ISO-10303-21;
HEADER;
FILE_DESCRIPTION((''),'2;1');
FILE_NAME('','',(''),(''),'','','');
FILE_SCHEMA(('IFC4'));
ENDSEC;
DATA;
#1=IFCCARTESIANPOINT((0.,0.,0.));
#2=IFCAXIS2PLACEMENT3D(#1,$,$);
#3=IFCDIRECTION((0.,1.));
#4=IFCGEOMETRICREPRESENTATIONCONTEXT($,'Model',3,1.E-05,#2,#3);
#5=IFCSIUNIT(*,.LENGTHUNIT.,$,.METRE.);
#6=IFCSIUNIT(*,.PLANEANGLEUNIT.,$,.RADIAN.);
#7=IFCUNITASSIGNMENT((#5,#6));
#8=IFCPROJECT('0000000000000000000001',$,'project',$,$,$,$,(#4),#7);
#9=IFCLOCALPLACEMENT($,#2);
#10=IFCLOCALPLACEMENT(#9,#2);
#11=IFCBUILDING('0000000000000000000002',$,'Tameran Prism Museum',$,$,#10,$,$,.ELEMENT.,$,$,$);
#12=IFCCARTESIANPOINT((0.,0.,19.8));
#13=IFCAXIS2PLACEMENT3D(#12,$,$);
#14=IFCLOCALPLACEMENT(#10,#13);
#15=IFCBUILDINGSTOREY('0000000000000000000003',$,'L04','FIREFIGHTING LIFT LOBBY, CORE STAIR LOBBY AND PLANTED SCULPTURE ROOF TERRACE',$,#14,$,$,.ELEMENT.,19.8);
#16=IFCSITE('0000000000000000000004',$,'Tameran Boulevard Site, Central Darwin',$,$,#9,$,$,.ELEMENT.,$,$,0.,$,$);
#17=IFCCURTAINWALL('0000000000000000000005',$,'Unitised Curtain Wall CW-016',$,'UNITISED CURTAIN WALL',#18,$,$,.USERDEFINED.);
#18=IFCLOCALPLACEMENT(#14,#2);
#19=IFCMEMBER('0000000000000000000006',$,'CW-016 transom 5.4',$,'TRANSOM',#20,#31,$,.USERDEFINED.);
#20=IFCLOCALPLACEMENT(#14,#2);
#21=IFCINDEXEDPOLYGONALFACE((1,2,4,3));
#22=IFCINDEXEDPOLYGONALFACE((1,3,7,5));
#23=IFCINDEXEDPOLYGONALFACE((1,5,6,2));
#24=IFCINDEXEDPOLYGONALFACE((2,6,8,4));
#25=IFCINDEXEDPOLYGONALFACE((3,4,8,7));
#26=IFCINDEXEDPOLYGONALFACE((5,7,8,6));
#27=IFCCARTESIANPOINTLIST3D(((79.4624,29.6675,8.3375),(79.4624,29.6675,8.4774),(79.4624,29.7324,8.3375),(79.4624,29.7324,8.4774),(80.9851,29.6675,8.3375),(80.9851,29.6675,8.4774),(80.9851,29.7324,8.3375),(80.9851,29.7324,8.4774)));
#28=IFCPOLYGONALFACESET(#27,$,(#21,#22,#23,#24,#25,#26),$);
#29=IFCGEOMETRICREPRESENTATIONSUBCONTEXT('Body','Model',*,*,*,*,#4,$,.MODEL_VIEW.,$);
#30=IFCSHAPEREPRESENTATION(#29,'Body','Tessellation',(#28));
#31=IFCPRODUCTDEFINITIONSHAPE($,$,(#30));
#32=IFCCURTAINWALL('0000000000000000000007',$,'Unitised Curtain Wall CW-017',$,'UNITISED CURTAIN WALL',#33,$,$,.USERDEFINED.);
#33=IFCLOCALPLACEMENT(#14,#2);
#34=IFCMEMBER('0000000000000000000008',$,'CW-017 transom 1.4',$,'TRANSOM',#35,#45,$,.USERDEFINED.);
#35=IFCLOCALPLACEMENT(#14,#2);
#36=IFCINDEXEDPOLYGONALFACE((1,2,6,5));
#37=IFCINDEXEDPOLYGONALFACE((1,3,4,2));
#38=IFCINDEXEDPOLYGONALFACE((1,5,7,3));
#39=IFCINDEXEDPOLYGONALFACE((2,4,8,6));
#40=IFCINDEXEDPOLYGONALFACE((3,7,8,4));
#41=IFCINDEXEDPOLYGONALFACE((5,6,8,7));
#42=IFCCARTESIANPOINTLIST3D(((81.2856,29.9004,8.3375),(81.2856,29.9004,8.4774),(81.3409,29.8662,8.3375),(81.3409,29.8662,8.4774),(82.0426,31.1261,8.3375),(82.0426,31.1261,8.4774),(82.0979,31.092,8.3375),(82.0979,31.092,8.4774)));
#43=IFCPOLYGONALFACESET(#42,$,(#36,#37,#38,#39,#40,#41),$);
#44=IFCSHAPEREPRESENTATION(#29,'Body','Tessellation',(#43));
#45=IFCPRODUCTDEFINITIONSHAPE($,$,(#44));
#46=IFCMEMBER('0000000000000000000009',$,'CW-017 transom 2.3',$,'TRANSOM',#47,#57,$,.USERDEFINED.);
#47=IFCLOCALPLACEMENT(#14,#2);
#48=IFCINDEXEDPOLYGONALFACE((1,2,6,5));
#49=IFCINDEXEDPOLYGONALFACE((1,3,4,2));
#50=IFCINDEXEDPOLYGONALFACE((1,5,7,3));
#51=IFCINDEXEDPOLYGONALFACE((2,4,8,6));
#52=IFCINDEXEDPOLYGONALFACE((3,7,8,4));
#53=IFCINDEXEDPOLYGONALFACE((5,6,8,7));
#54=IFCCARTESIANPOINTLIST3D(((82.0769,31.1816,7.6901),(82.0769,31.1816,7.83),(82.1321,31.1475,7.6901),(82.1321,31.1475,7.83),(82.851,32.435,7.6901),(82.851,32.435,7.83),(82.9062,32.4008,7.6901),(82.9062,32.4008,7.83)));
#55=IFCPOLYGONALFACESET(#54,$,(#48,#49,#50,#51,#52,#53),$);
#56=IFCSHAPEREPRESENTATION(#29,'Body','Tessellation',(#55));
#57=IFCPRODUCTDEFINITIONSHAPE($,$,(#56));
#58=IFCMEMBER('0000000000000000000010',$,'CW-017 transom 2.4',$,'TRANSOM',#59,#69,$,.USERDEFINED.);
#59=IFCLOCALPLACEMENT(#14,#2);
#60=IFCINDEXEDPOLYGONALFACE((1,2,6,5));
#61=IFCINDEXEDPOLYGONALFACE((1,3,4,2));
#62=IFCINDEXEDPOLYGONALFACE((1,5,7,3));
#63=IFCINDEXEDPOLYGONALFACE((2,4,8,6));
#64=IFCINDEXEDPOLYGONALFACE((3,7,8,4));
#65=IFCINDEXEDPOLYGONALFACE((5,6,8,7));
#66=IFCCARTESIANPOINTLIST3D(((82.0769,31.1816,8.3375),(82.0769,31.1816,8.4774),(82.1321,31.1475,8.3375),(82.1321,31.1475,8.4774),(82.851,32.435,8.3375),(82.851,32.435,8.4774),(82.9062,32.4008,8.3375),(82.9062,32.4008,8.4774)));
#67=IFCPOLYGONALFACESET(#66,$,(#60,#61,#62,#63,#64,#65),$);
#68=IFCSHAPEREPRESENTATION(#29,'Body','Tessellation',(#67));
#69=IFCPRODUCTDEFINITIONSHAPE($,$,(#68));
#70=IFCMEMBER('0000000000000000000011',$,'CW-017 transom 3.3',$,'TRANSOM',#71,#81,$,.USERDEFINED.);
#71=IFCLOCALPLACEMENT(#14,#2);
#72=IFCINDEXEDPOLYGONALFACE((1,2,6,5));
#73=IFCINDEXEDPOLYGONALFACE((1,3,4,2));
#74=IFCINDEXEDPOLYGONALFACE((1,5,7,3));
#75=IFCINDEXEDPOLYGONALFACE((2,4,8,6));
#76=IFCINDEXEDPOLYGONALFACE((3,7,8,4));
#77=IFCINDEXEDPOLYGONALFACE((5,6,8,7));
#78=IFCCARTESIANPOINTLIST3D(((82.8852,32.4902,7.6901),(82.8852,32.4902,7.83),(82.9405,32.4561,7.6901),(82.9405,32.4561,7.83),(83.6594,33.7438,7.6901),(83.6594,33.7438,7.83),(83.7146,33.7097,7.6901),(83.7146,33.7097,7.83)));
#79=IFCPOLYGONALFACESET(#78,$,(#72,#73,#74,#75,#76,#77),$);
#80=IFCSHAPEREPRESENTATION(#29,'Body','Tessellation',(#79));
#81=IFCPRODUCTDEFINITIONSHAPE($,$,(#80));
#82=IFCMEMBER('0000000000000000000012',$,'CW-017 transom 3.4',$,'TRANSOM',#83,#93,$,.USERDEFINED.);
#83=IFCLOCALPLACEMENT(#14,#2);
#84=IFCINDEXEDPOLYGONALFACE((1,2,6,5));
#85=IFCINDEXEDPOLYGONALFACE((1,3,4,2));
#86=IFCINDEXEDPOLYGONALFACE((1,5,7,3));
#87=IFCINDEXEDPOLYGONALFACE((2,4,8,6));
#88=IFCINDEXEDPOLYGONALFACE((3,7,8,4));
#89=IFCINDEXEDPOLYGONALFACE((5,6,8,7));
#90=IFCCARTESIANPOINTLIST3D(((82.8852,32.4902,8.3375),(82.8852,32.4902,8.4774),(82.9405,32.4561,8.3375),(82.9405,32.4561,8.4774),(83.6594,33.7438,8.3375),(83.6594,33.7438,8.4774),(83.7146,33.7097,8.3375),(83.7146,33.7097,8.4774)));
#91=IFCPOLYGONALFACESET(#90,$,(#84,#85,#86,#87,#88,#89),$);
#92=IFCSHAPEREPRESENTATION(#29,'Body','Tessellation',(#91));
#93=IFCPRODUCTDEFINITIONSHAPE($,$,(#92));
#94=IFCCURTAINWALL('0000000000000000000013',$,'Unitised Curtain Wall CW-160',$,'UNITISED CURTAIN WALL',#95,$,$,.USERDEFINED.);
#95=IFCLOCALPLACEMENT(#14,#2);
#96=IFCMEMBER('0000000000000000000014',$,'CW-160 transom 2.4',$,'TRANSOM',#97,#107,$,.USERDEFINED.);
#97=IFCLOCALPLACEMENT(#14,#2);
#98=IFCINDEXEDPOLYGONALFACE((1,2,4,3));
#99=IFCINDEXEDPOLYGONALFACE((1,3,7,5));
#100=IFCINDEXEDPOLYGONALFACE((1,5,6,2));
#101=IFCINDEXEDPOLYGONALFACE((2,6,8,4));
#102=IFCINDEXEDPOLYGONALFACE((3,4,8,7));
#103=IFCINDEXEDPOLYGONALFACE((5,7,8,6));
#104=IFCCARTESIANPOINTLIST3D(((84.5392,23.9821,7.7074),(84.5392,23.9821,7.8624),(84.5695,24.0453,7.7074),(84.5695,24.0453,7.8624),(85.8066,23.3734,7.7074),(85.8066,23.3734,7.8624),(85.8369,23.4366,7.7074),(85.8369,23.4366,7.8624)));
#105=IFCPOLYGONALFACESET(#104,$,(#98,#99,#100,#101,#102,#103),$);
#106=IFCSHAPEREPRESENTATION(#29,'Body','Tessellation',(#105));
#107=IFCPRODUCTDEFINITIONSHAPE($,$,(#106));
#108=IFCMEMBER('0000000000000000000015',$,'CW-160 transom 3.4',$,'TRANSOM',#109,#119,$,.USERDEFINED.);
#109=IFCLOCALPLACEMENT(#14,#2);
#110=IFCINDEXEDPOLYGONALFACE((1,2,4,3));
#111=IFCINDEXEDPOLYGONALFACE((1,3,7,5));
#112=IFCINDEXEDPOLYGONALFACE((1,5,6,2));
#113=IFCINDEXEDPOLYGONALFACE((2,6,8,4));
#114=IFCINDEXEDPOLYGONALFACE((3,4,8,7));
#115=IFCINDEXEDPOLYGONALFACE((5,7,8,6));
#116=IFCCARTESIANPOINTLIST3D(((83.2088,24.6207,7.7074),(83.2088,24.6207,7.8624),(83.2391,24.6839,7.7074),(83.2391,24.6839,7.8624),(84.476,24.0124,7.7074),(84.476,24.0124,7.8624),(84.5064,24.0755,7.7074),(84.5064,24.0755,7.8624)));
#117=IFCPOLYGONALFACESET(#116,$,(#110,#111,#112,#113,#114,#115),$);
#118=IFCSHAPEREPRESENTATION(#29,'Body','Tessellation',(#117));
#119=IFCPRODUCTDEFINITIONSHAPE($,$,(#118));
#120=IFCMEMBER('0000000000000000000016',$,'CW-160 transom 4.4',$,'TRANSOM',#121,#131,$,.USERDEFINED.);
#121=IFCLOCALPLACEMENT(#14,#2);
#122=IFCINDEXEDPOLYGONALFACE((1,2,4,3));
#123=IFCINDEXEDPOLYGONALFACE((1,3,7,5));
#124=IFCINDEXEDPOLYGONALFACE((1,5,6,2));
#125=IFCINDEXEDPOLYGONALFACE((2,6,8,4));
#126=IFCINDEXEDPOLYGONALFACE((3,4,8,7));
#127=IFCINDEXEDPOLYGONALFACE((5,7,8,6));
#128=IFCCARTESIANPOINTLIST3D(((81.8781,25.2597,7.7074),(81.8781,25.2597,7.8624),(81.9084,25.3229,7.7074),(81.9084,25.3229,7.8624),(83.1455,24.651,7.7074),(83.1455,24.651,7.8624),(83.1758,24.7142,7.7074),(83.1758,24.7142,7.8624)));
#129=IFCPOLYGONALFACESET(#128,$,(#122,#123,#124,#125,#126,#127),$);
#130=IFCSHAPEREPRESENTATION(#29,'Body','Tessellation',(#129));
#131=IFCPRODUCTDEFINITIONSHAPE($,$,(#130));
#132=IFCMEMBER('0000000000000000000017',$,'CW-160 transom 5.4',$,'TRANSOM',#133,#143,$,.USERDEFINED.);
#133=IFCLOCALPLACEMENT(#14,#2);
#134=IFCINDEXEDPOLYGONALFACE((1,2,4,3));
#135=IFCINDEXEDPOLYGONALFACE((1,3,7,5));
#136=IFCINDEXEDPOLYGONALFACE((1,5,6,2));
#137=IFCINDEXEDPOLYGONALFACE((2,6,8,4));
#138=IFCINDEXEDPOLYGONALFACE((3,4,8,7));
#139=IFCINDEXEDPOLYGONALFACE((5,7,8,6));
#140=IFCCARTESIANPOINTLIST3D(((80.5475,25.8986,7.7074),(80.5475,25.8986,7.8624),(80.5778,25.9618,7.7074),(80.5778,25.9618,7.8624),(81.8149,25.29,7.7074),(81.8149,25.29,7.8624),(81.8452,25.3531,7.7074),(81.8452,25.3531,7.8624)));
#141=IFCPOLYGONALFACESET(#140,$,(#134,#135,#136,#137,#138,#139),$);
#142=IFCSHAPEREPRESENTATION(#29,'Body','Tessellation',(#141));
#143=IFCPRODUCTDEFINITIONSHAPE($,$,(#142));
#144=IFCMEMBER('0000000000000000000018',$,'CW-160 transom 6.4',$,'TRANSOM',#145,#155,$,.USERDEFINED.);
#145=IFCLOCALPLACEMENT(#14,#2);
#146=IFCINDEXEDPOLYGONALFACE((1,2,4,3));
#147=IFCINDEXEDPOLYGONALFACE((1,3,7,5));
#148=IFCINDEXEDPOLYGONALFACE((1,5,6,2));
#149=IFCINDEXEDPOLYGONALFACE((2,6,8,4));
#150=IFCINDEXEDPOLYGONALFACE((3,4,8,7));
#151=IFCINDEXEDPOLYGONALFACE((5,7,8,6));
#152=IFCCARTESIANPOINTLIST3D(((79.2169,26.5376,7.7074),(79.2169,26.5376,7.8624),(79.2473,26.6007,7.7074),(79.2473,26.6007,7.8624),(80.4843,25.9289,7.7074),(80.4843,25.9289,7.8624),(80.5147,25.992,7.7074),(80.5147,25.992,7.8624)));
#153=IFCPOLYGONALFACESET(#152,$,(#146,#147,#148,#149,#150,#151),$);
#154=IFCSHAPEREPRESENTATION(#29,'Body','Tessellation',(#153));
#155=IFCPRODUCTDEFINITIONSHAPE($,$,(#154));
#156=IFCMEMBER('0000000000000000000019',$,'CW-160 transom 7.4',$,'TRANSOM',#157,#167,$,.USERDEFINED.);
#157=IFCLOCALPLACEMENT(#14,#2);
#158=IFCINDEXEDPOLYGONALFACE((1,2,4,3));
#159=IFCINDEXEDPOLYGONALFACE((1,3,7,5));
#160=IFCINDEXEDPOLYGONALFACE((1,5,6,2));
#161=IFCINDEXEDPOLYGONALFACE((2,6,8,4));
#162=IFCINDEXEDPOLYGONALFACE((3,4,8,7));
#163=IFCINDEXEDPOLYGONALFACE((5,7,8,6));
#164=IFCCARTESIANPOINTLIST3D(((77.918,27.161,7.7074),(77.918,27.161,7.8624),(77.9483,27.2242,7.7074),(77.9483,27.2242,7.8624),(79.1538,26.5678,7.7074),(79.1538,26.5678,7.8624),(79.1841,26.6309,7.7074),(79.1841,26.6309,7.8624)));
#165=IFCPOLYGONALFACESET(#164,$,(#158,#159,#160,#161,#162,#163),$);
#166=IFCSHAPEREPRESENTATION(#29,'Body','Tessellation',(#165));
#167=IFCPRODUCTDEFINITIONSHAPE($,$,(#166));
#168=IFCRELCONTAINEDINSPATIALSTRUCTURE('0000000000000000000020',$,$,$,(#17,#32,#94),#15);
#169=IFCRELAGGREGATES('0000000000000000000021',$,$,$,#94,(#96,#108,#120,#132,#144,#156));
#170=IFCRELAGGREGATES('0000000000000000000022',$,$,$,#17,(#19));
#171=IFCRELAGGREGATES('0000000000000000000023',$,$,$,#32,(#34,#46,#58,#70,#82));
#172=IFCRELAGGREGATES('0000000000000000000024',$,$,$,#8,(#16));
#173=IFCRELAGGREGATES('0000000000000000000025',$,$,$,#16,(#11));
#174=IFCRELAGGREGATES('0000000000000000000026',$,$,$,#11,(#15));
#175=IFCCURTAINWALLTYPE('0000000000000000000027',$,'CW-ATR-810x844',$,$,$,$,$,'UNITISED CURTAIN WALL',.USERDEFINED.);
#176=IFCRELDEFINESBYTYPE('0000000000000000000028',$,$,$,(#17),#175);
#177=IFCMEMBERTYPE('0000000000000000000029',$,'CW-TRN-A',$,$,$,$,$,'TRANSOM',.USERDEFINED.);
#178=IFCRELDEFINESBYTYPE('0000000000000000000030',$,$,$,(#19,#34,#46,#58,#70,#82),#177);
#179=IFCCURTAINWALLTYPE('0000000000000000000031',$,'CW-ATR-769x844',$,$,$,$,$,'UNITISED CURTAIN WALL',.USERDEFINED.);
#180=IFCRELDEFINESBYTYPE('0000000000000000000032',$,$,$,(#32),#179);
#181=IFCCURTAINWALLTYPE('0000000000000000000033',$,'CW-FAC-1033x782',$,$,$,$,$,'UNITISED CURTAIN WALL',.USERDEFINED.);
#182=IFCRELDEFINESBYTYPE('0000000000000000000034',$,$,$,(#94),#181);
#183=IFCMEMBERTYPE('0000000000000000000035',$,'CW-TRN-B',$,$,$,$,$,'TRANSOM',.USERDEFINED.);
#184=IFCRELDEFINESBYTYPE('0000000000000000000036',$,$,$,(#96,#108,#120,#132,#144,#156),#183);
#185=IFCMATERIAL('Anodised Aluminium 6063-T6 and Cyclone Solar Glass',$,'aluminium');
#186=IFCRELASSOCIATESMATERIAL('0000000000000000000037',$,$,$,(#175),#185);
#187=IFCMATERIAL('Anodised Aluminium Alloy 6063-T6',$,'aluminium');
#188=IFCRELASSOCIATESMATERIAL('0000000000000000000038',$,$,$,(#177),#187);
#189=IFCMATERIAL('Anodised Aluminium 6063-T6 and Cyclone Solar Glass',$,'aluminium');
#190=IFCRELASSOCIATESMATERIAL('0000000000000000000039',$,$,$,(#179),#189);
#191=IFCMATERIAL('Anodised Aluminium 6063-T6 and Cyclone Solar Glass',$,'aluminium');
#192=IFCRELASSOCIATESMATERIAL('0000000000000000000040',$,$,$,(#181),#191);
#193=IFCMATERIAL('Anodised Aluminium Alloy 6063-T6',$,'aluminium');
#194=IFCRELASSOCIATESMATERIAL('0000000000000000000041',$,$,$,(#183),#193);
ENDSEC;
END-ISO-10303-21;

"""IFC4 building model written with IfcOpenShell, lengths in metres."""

from ifc_helpers import new_model, si_unit, direction, frame, origin, origin_2d, place, context, subcontext, project, spatial, rectangle, extrude, material, material_profile, profile_set, type_object, element, aggregate, save


model = new_model("IFC4")

# Units and contexts
model_context = context("Model", 3, precision=1e-05, world=origin(), true_north=direction((0.0, 1.0)))
body_context = subcontext(model_context, "Body", "Model", "MODEL_VIEW")
ifc_project = project(units=[si_unit("LENGTHUNIT", "METRE"), si_unit("PLANEANGLEUNIT", "RADIAN")], contexts=[model_context])

# Site, building, storey
site_placement = place(None, origin())
site = spatial("IfcSite", under=ifc_project, at=site_placement, Name="Tameran Boulevard Site, Central Darwin", CompositionType="ELEMENT", RefElevation=0.0)
building_placement = place(site_placement, origin())
building = spatial("IfcBuilding", under=site, at=building_placement, Name="Tameran Prism Museum", CompositionType="ELEMENT")
storey_placement = place(building_placement, frame((0.0, 0.0, 19.8)))
storey = spatial("IfcBuildingStorey", under=building, at=storey_placement, Name="L04", Description="FIREFIGHTING LIFT LOBBY, CORE STAIR LOBBY AND PLANTED SCULPTURE ROOF TERRACE", CompositionType="ELEMENT", Elevation=19.8)

# Curtain wall, member
ifc_material_1 = material(Name="Anodised Aluminium 6063-T6 and Cyclone Solar Glass", Category="aluminium")
curtain_wall_type_1 = type_object("IfcCurtainWallType", Name="CW-ATR-810x844", ElementType="UNITISED CURTAIN WALL", PredefinedType="USERDEFINED", material=ifc_material_1)
curtain_wall_1_placement = place(storey_placement, origin())
curtain_wall_1 = element("IfcCurtainWall", 1, at=curtain_wall_1_placement, inside=storey, type_object=curtain_wall_type_1, Name="Unitised Curtain Wall CW-016", ObjectType="UNITISED CURTAIN WALL", PredefinedType="USERDEFINED")
ifc_material_2 = material(Name="Anodised Aluminium Alloy 6063-T6", Category="aluminium")
ifc_material_profile_1 = material_profile(ifc_material_2, rectangle(XDim=0.0649, YDim=0.1399, at=origin_2d()))
ifc_profile_set_1 = profile_set([ifc_material_profile_1])
member_type_1 = type_object("IfcMemberType", Name="CW-TRN-A", ElementType="TRANSOM", PredefinedType="USERDEFINED", material=ifc_profile_set_1)
member_1_placement = place(storey_placement, frame((79.4624, 29.7, 8.4075), z_axis=(1.0, 0.0, 0.0), x_axis=(0.0, 1.0, 0.0)))
member_1 = element("IfcMember", 2, at=member_1_placement, type_object=member_type_1, Name="CW-016 transom 5.4", ObjectType="TRANSOM", PredefinedType="USERDEFINED", context=body_context, shape_type="SweptSolid", body=[
    extrude(rectangle(XDim=0.0649, YDim=0.1399, at=origin_2d()), origin(), (0.0, 0.0, 1.0), 1.5227),
])

# Curtain walls, members
ifc_material_3 = material(Name="Anodised Aluminium 6063-T6 and Cyclone Solar Glass", Category="aluminium")
curtain_wall_type_2 = type_object("IfcCurtainWallType", Name="CW-ATR-769x844", ElementType="UNITISED CURTAIN WALL", PredefinedType="USERDEFINED", material=ifc_material_3)
curtain_wall_2_placement = place(storey_placement, origin())
curtain_wall_2 = element("IfcCurtainWall", 3, at=curtain_wall_2_placement, inside=storey, type_object=curtain_wall_type_2, Name="Unitised Curtain Wall CW-017", ObjectType="UNITISED CURTAIN WALL", PredefinedType="USERDEFINED")
member_2_placement = place(storey_placement, frame((81.3132, 29.8833, 8.4075), z_axis=(0.525468, 0.850814, 0.0), x_axis=(-0.850814, 0.525468, 0.0)))
member_2 = element("IfcMember", 4, at=member_2_placement, type_object=member_type_1, Name="CW-017 transom 1.4", ObjectType="TRANSOM", PredefinedType="USERDEFINED", context=body_context, shape_type="SweptSolid", body=[
    extrude(rectangle(XDim=0.0649, YDim=0.1399, at=origin_2d()), origin(), (0.0, 0.0, 1.0), 1.4407),
])
member_3_placement = place(storey_placement, frame((82.1045, 31.1646, 7.76), z_axis=(0.525493, 0.850798, 0.0), x_axis=(-0.850798, 0.525493, 0.0)))
member_3 = element("IfcMember", 5, at=member_3_placement, type_object=member_type_1, Name="CW-017 transom 2.3", ObjectType="TRANSOM", PredefinedType="USERDEFINED", context=body_context, shape_type="SweptSolid", body=[
    extrude(rectangle(XDim=0.0649, YDim=0.1399, at=origin_2d()), origin(), (0.0, 0.0, 1.0), 1.4731),
])
member_4_placement = place(storey_placement, frame((82.1045, 31.1646, 8.4075), z_axis=(0.525493, 0.850798, 0.0), x_axis=(-0.850798, 0.525493, 0.0)))
member_4 = element("IfcMember", 6, at=member_4_placement, type_object=member_type_1, Name="CW-017 transom 2.4", ObjectType="TRANSOM", PredefinedType="USERDEFINED", context=body_context, shape_type="SweptSolid", body=[
    extrude(rectangle(XDim=0.0649, YDim=0.1399, at=origin_2d()), origin(), (0.0, 0.0, 1.0), 1.4731),
])
member_5_placement = place(storey_placement, frame((82.9128, 32.4731, 7.76), z_axis=(0.525419, 0.850844, 0.0), x_axis=(-0.850844, 0.525419, 0.0)))
member_5 = element("IfcMember", 7, at=member_5_placement, type_object=member_type_1, Name="CW-017 transom 3.3", ObjectType="TRANSOM", PredefinedType="USERDEFINED", context=body_context, shape_type="SweptSolid", body=[
    extrude(rectangle(XDim=0.0649, YDim=0.1399, at=origin_2d()), origin(), (0.0, 0.0, 1.0), 1.4734),
])
member_6_placement = place(storey_placement, frame((82.9128, 32.4731, 8.4075), z_axis=(0.525419, 0.850844, 0.0), x_axis=(-0.850844, 0.525419, 0.0)))
member_6 = element("IfcMember", 8, at=member_6_placement, type_object=member_type_1, Name="CW-017 transom 3.4", ObjectType="TRANSOM", PredefinedType="USERDEFINED", context=body_context, shape_type="SweptSolid", body=[
    extrude(rectangle(XDim=0.0649, YDim=0.1399, at=origin_2d()), origin(), (0.0, 0.0, 1.0), 1.4734),
])
ifc_material_4 = material(Name="Anodised Aluminium 6063-T6 and Cyclone Solar Glass", Category="aluminium")
curtain_wall_type_3 = type_object("IfcCurtainWallType", Name="CW-FAC-1033x782", ElementType="UNITISED CURTAIN WALL", PredefinedType="USERDEFINED", material=ifc_material_4)
curtain_wall_3_placement = place(storey_placement, origin())
curtain_wall_3 = element("IfcCurtainWall", 9, at=curtain_wall_3_placement, inside=storey, type_object=curtain_wall_type_3, Name="Unitised Curtain Wall CW-160", ObjectType="UNITISED CURTAIN WALL", PredefinedType="USERDEFINED")
ifc_material_5 = material(Name="Anodised Aluminium Alloy 6063-T6", Category="aluminium")
ifc_material_profile_2 = material_profile(ifc_material_5, rectangle(XDim=0.0701, YDim=0.155, at=origin_2d()))
ifc_profile_set_2 = profile_set([ifc_material_profile_2])
member_type_2 = type_object("IfcMemberType", Name="CW-TRN-B", ElementType="TRANSOM", PredefinedType="USERDEFINED", material=ifc_profile_set_2)
member_7_placement = place(storey_placement, frame((85.8218, 23.405, 7.7849), z_axis=(-0.901434, 0.432917, 0.0), x_axis=(-0.432917, -0.901434, 0.0)))
member_7 = element("IfcMember", 10, at=member_7_placement, type_object=member_type_2, Name="CW-160 transom 2.4", ObjectType="TRANSOM", PredefinedType="USERDEFINED", context=body_context, shape_type="SweptSolid", body=[
    extrude(rectangle(XDim=0.0701, YDim=0.155, at=origin_2d()), origin(), (0.0, 0.0, 1.0), 1.406),
])
member_8_placement = place(storey_placement, frame((84.4912, 24.0439, 7.7849), z_axis=(-0.901501, 0.432776, 0.0), x_axis=(-0.432776, -0.901501, 0.0)))
member_8 = element("IfcMember", 11, at=member_8_placement, type_object=member_type_2, Name="CW-160 transom 3.4", ObjectType="TRANSOM", PredefinedType="USERDEFINED", context=body_context, shape_type="SweptSolid", body=[
    extrude(rectangle(XDim=0.0701, YDim=0.155, at=origin_2d()), origin(), (0.0, 0.0, 1.0), 1.4058),
])
member_9_placement = place(storey_placement, frame((83.1606, 24.6826, 7.7849), z_axis=(-0.901434, 0.432917, 0.0), x_axis=(-0.432917, -0.901434, 0.0)))
member_9 = element("IfcMember", 12, at=member_9_placement, type_object=member_type_2, Name="CW-160 transom 4.4", ObjectType="TRANSOM", PredefinedType="USERDEFINED", context=body_context, shape_type="SweptSolid", body=[
    extrude(rectangle(XDim=0.0701, YDim=0.155, at=origin_2d()), origin(), (0.0, 0.0, 1.0), 1.406),
])
member_10_placement = place(storey_placement, frame((81.8301, 25.3215, 7.7849), z_axis=(-0.901434, 0.432917, 0.0), x_axis=(-0.432917, -0.901434, 0.0)))
member_10 = element("IfcMember", 13, at=member_10_placement, type_object=member_type_2, Name="CW-160 transom 5.4", ObjectType="TRANSOM", PredefinedType="USERDEFINED", context=body_context, shape_type="SweptSolid", body=[
    extrude(rectangle(XDim=0.0701, YDim=0.155, at=origin_2d()), origin(), (0.0, 0.0, 1.0), 1.406),
])
member_11_placement = place(storey_placement, frame((80.4995, 25.9604, 7.7849), z_axis=(-0.901434, 0.432917, 0.0), x_axis=(-0.432917, -0.901434, 0.0)))
member_11 = element("IfcMember", 14, at=member_11_placement, type_object=member_type_2, Name="CW-160 transom 6.4", ObjectType="TRANSOM", PredefinedType="USERDEFINED", context=body_context, shape_type="SweptSolid", body=[
    extrude(rectangle(XDim=0.0701, YDim=0.155, at=origin_2d()), origin(), (0.0, 0.0, 1.0), 1.406),
])
member_12_placement = place(storey_placement, frame((79.1689, 26.5994, 7.7849), z_axis=(-0.901506, 0.432766, 0.0), x_axis=(-0.432766, -0.901506, 0.0)))
member_12 = element("IfcMember", 15, at=member_12_placement, type_object=member_type_2, Name="CW-160 transom 7.4", ObjectType="TRANSOM", PredefinedType="USERDEFINED", context=body_context, shape_type="SweptSolid", body=[
    extrude(rectangle(XDim=0.0701, YDim=0.155, at=origin_2d()), origin(), (0.0, 0.0, 1.0), 1.3708),
])
aggregate(curtain_wall_3, [member_7, member_8, member_9, member_10, member_11, member_12])

aggregate(curtain_wall_1, [member_1])
aggregate(curtain_wall_2, [member_2, member_3, member_4, member_5, member_6])

save(model, "model.ifc")
